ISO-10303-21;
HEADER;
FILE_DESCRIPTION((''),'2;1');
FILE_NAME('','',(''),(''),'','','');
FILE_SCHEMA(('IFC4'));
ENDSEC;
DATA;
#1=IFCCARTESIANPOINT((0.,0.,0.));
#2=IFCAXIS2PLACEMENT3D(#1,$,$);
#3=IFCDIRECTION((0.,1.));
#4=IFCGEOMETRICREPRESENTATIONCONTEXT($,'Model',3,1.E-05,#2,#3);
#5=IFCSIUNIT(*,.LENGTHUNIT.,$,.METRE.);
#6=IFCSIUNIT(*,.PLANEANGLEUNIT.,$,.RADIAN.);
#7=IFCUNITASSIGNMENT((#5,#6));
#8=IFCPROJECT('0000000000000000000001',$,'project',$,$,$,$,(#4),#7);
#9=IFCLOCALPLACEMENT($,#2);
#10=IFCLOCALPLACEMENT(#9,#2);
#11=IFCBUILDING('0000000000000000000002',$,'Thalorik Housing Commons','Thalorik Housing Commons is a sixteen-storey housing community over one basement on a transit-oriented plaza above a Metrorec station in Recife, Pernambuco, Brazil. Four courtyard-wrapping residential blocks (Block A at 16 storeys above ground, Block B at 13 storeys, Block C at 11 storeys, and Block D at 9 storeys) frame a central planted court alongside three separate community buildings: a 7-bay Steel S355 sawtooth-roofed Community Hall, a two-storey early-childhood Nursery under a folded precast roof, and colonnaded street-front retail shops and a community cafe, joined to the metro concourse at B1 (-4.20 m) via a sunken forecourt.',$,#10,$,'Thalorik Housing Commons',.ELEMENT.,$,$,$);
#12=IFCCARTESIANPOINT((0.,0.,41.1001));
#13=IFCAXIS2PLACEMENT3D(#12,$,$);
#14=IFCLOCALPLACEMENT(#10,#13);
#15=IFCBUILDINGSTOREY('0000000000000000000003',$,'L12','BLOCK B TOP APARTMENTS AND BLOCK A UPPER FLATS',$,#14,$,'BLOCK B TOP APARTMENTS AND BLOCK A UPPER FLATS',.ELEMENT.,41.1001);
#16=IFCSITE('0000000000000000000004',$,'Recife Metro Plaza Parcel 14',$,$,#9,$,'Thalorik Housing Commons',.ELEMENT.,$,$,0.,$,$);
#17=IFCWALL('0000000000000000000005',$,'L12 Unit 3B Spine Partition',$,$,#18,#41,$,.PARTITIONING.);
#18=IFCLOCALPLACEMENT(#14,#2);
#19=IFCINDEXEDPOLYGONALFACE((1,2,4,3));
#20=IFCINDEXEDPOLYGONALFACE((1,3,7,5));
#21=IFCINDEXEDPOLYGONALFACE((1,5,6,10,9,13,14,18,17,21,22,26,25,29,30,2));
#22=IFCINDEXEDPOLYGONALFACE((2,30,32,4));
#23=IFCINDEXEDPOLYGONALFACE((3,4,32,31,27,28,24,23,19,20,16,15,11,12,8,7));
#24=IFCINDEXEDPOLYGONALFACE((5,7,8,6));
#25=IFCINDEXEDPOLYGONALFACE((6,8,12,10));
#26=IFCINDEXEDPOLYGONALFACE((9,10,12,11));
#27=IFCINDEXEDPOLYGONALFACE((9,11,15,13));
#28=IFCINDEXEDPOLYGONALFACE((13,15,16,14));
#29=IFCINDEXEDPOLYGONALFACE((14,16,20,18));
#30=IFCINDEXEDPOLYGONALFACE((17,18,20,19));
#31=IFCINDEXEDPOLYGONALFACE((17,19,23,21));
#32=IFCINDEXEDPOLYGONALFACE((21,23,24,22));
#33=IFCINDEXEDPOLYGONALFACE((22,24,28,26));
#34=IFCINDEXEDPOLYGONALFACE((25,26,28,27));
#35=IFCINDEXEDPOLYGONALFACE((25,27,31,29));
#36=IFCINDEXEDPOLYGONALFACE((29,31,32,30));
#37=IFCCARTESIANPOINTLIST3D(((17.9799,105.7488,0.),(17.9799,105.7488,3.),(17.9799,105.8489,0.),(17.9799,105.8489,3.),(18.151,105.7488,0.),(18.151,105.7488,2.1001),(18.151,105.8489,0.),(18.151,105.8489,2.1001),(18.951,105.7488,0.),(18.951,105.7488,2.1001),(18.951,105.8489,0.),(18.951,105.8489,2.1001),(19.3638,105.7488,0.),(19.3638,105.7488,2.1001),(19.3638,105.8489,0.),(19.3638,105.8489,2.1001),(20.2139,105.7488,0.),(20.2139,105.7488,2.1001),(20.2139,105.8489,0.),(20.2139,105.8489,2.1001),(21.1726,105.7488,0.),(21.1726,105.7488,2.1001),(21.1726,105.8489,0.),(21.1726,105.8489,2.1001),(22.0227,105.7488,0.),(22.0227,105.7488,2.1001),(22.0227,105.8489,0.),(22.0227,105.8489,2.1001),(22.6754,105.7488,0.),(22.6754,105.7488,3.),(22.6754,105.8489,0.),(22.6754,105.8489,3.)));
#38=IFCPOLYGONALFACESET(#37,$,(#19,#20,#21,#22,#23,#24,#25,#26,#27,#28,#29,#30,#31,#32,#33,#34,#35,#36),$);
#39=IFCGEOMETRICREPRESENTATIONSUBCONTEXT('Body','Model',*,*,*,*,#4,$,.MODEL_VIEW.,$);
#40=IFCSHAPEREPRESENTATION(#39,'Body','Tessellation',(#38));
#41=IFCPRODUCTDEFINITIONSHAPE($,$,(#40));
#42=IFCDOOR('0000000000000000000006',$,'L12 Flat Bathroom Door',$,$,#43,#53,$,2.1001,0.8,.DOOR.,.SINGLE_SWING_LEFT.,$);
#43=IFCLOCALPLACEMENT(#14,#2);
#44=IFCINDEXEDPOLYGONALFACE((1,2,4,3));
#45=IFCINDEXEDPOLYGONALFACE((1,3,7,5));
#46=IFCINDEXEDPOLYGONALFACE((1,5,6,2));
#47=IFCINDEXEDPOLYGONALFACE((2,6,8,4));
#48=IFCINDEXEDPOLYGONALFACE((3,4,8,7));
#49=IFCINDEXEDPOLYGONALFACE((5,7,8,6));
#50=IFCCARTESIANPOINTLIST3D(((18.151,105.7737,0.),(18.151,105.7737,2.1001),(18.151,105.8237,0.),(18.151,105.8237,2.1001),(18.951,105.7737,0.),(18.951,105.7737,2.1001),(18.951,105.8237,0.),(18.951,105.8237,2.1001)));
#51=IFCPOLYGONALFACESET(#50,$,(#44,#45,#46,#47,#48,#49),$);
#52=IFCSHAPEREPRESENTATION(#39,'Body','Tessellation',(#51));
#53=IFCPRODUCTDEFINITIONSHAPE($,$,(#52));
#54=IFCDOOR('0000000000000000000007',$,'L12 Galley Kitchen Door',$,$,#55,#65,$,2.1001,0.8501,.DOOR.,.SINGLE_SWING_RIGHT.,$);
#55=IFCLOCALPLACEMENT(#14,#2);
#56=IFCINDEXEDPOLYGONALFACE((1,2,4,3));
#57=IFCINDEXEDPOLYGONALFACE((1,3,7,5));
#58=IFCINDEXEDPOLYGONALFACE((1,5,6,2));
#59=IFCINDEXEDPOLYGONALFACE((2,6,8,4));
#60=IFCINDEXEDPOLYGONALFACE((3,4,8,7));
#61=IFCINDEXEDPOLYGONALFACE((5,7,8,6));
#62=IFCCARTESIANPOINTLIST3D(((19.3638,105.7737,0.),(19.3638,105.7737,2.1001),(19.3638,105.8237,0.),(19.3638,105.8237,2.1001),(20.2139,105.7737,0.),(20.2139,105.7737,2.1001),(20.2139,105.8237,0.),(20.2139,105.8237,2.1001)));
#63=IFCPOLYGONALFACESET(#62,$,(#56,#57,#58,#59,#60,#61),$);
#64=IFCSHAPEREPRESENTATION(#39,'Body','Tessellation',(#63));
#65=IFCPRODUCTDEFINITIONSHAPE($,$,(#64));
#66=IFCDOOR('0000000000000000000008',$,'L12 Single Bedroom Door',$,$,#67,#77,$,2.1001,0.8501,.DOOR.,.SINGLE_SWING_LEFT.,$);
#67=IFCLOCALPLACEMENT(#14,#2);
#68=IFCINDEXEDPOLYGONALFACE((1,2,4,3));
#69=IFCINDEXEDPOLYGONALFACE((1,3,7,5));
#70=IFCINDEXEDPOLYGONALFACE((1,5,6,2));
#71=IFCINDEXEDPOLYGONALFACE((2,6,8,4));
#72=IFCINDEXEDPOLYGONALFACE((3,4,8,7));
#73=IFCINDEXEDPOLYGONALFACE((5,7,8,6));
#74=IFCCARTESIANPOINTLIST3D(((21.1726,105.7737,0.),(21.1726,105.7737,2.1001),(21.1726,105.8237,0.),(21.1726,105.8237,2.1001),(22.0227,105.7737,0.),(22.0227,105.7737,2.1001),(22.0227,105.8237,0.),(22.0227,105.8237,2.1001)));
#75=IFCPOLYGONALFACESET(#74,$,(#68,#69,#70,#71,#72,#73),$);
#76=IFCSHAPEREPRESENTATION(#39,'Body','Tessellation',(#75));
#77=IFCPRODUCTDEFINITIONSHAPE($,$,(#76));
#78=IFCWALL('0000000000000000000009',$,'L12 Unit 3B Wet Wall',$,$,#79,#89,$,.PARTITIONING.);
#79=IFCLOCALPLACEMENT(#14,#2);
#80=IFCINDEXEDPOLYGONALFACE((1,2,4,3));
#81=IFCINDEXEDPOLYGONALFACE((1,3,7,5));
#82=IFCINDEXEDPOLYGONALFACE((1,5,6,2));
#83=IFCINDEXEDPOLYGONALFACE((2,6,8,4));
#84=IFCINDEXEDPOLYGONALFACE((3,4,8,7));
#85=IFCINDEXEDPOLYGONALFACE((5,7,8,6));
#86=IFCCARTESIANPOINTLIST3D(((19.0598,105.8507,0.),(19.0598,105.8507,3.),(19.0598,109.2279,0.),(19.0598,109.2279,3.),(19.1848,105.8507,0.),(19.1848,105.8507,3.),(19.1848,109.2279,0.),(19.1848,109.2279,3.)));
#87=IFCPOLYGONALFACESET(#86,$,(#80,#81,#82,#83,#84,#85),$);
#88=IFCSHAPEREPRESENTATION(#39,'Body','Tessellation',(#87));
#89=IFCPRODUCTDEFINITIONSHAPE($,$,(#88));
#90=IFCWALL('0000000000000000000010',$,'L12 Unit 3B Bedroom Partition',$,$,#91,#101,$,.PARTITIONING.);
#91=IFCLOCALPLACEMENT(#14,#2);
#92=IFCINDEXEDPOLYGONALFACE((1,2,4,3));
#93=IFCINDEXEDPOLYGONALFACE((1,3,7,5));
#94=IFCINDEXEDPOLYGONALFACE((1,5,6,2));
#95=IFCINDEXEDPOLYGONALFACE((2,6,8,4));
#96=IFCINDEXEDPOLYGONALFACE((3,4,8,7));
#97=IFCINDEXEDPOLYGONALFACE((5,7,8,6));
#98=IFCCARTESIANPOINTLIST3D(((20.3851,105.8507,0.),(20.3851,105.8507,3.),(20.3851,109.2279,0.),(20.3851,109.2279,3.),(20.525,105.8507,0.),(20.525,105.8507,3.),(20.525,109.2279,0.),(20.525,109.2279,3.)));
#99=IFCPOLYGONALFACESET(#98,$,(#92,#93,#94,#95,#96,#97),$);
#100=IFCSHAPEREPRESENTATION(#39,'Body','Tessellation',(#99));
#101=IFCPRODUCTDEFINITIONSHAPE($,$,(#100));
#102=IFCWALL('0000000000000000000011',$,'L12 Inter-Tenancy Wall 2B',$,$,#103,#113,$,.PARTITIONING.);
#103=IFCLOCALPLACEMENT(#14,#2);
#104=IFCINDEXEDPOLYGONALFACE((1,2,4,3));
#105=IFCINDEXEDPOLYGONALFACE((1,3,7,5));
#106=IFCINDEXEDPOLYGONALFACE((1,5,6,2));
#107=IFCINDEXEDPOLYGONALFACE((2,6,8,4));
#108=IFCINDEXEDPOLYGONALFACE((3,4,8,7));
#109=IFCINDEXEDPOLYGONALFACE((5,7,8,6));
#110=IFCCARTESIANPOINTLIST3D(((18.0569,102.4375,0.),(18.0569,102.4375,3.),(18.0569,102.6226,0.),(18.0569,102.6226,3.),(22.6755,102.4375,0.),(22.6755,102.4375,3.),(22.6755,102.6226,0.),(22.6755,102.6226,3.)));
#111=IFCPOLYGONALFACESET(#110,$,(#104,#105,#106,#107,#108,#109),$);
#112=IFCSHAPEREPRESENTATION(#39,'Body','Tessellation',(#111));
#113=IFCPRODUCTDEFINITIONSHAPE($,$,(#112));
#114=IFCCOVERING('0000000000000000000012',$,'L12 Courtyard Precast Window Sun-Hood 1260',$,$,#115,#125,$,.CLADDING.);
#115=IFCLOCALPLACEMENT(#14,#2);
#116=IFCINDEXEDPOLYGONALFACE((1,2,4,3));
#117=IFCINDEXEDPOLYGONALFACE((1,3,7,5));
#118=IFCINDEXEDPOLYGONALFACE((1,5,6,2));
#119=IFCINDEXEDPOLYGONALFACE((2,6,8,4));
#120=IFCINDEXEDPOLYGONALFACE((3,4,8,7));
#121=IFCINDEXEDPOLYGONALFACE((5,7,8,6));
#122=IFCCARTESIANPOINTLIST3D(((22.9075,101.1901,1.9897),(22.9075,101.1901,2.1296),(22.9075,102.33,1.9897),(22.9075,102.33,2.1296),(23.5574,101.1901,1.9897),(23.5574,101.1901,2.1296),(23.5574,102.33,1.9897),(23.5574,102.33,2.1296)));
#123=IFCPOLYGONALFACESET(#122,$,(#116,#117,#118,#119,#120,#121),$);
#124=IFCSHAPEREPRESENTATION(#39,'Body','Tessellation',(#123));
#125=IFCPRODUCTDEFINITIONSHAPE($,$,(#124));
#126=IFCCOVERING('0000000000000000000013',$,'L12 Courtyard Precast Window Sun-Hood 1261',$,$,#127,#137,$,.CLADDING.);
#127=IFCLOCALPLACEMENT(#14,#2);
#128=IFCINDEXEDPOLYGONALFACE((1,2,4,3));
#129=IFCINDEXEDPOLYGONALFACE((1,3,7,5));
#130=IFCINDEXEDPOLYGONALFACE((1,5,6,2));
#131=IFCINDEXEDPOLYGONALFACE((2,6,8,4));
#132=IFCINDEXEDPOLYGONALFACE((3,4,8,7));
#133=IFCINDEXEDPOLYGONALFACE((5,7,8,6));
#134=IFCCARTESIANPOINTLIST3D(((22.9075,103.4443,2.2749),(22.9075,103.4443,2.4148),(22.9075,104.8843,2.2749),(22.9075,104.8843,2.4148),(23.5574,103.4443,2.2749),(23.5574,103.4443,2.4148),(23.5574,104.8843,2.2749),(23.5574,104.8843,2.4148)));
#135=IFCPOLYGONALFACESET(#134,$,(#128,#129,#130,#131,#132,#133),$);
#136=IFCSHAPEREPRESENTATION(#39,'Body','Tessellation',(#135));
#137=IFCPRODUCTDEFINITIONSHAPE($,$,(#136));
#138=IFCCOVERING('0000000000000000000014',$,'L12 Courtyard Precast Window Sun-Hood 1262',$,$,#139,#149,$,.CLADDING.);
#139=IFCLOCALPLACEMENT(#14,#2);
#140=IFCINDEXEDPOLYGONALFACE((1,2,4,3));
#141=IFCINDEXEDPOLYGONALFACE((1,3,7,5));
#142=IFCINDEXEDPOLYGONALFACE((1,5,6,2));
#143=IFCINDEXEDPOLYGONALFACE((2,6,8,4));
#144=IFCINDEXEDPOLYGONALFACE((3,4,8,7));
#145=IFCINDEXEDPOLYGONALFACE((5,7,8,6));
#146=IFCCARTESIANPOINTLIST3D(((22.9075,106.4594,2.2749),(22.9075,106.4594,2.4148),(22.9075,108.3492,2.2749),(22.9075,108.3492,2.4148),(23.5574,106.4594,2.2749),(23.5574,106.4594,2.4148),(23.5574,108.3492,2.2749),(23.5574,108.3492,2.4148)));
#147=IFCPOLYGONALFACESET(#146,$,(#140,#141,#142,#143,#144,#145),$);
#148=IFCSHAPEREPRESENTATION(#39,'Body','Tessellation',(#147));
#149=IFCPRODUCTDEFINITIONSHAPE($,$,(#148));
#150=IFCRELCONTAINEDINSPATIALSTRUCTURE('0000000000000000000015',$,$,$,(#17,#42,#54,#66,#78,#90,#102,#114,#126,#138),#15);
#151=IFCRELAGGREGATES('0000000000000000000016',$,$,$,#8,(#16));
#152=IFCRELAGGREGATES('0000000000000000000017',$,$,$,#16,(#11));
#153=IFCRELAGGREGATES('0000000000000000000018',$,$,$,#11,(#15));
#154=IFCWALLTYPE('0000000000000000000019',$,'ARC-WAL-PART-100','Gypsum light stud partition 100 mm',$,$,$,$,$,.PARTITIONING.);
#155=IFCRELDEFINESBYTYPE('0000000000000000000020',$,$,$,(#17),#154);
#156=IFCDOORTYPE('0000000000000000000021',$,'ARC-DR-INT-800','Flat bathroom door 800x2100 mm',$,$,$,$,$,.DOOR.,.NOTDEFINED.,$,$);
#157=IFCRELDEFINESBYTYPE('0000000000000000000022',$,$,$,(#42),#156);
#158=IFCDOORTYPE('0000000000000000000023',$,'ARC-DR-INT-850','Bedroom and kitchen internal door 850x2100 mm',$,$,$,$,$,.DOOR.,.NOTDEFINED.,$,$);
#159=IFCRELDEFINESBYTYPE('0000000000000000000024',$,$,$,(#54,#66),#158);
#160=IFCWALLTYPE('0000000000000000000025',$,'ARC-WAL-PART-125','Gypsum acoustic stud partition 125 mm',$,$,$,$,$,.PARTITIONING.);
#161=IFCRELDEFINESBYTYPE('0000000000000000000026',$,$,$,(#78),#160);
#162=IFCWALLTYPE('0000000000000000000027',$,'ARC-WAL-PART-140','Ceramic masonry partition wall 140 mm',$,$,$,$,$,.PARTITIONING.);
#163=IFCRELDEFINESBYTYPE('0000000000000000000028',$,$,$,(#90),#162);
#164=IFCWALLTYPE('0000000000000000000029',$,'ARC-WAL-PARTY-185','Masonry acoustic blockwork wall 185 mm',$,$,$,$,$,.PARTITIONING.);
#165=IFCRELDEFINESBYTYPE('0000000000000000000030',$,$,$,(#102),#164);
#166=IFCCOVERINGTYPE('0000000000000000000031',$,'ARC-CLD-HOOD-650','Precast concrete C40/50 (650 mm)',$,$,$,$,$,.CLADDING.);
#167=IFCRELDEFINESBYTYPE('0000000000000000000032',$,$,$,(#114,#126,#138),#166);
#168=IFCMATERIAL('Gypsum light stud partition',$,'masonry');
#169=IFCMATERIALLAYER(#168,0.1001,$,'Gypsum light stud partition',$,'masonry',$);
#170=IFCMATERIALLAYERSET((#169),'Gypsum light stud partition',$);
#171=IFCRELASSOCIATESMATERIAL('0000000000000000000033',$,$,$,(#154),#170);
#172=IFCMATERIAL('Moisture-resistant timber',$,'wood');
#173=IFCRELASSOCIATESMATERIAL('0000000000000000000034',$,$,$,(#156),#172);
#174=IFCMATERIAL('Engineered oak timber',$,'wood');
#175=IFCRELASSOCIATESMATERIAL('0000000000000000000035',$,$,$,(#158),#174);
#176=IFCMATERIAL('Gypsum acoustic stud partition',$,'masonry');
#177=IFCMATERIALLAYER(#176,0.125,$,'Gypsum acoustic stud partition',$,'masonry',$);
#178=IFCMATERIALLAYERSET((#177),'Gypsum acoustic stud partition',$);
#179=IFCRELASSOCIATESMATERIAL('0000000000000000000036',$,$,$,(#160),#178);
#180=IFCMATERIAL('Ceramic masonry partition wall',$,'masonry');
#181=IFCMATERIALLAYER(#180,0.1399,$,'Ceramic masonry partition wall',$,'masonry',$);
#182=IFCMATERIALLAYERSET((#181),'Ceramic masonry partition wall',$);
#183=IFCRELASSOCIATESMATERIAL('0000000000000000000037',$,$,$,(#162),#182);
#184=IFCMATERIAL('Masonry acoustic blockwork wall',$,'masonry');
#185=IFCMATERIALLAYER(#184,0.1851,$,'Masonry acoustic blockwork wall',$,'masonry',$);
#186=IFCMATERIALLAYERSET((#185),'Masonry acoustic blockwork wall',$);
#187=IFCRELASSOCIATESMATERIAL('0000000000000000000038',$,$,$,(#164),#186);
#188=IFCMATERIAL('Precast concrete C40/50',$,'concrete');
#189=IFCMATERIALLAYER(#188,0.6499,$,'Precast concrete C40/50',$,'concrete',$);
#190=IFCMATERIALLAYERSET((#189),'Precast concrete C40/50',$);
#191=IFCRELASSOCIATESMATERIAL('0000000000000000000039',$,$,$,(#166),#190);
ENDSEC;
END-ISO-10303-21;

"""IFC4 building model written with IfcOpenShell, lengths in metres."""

from ifc_helpers import new_model, si_unit, direction, frame, frame_2d, origin, origin_2d, place, context, subcontext, project, spatial, rectangle, extrude, material, layer, layer_set, type_object, element, fill, save


model = new_model("IFC4")

# Units and contexts
model_context = context("Model", 3, precision=1e-05, world=origin(), true_north=direction((0.0, 1.0)))
body_context = subcontext(model_context, "Body", "Model", "MODEL_VIEW")
ifc_project = project(units=[si_unit("LENGTHUNIT", "METRE"), si_unit("PLANEANGLEUNIT", "RADIAN")], contexts=[model_context])

# Site, building, storey
site_placement = place(None, origin())
site = spatial("IfcSite", under=ifc_project, at=site_placement, Name="Recife Metro Plaza Parcel 14", LongName="Thalorik Housing Commons", CompositionType="ELEMENT", RefElevation=0.0)
building_placement = place(site_placement, origin())
building = spatial("IfcBuilding", under=site, at=building_placement, Name="Thalorik Housing Commons", Description="Thalorik Housing Commons is a sixteen-storey housing community over one basement on a transit-oriented plaza above a Metrorec station in Recife, Pernambuco, Brazil. Four courtyard-wrapping residential blocks (Block A at 16 storeys above ground, Block B at 13 storeys, Block C at 11 storeys, and Block D at 9 storeys) frame a central planted court alongside three separate community buildings: a 7-bay Steel S355 sawtooth-roofed Community Hall, a two-storey early-childhood Nursery under a folded precast roof, and colonnaded street-front retail shops and a community cafe, joined to the metro concourse at B1 (-4.20 m) via a sunken forecourt.", LongName="Thalorik Housing Commons", CompositionType="ELEMENT")
storey_placement = place(building_placement, frame((0.0, 0.0, 41.1001)))
storey = spatial("IfcBuildingStorey", under=building, at=storey_placement, Name="L12", Description="BLOCK B TOP APARTMENTS AND BLOCK A UPPER FLATS", LongName="BLOCK B TOP APARTMENTS AND BLOCK A UPPER FLATS", CompositionType="ELEMENT", Elevation=41.1001)

# Shared definitions
ifc_material_1 = material(Name="Precast concrete C40/50", Category="concrete")

# Wall, openings, doors
ifc_material_2 = material(Name="Gypsum light stud partition", Category="masonry")
ifc_layer_1 = layer(ifc_material_2, 0.1001, Name="Gypsum light stud partition", Category="masonry")
ifc_layer_set_1 = layer_set([ifc_layer_1], Name="Gypsum light stud partition")
wall_type_1 = type_object("IfcWallType", Name="ARC-WAL-PART-100", Description="Gypsum light stud partition 100 mm", PredefinedType="PARTITIONING", material=ifc_layer_set_1)
wall_1_placement = place(storey_placement, frame((17.98, 105.7988, 0.0), z_axis=(0.0, 0.0, 1.0), x_axis=(1.0, 0.0, 0.0)))
wall_1 = element("IfcWall", 1, at=wall_1_placement, inside=storey, type_object=wall_type_1, Name="L12 Unit 3B Spine Partition", PredefinedType="PARTITIONING", context=body_context, shape_type="SweptSolid", body=[
    extrude(rectangle(XDim=4.6956, YDim=0.1001, at=frame_2d((2.3477, 0.0))), origin(), (0.0, 0.0, 1.0), 3.0),
])
opening_1_placement = place(wall_1_placement, frame((0.1711, 0.0, 0.0)))
opening_1 = element("IfcOpeningElement", 2, at=opening_1_placement, cuts=wall_1, PredefinedType="OPENING", context=body_context, shape_type="SweptSolid", body=[
    extrude(rectangle(XDim=0.8, YDim=2.1001, at=frame_2d((0.3999, 1.05))), frame((0.0, 0.0601, 0.0), z_axis=(0.0, -1.0, 0.0), x_axis=(1.0, 0.0, 0.0)), (0.0, 0.0, 1.0), 0.1201),
])
opening_2_placement = place(wall_1_placement, frame((1.3838, 0.0, 0.0)))
opening_2 = element("IfcOpeningElement", 3, at=opening_2_placement, cuts=wall_1, PredefinedType="OPENING", context=body_context, shape_type="SweptSolid", body=[
    extrude(rectangle(XDim=0.8501, YDim=2.1001, at=frame_2d((0.425, 1.05))), frame((0.0, 0.0601, 0.0), z_axis=(0.0, -1.0, 0.0), x_axis=(1.0, 0.0, 0.0)), (0.0, 0.0, 1.0), 0.1201),
])
opening_3_placement = place(wall_1_placement, frame((3.1926, 0.0, 0.0)))
opening_3 = element("IfcOpeningElement", 4, at=opening_3_placement, cuts=wall_1, PredefinedType="OPENING", context=body_context, shape_type="SweptSolid", body=[
    extrude(rectangle(XDim=0.8501, YDim=2.1001, at=frame_2d((0.425, 1.05))), frame((0.0, 0.0601, 0.0), z_axis=(0.0, -1.0, 0.0), x_axis=(1.0, 0.0, 0.0)), (0.0, 0.0, 1.0), 0.1201),
])
ifc_material_3 = material(Name="Moisture-resistant timber", Category="wood")
door_type_1 = type_object("IfcDoorType", Name="ARC-DR-INT-800", Description="Flat bathroom door 800x2100 mm", OperationType="NOTDEFINED", PredefinedType="DOOR", material=ifc_material_3)
door_1_placement = place(opening_1_placement, origin())
door_1 = element("IfcDoor", 5, at=door_1_placement, inside=storey, type_object=door_type_1, Name="L12 Flat Bathroom Door", OperationType="SINGLE_SWING_LEFT", OverallHeight=2.1001, OverallWidth=0.8, PredefinedType="DOOR", context=body_context, shape_type="SweptSolid", body=[
    extrude(rectangle(XDim=0.8, YDim=2.1001, at=frame_2d((0.3999, 1.05))), frame((0.0, 0.0249, 0.0), z_axis=(0.0, -1.0, 0.0), x_axis=(1.0, 0.0, 0.0)), (0.0, 0.0, 1.0), 0.05),
])
fill(opening_1, door_1)
ifc_material_4 = material(Name="Engineered oak timber", Category="wood")
door_type_2 = type_object("IfcDoorType", Name="ARC-DR-INT-850", Description="Bedroom and kitchen internal door 850x2100 mm", OperationType="NOTDEFINED", PredefinedType="DOOR", material=ifc_material_4)
door_2_placement = place(opening_2_placement, origin())
door_2 = element("IfcDoor", 6, at=door_2_placement, inside=storey, type_object=door_type_2, Name="L12 Galley Kitchen Door", OperationType="SINGLE_SWING_RIGHT", OverallHeight=2.1001, OverallWidth=0.8501, PredefinedType="DOOR", context=body_context, shape_type="SweptSolid", body=[
    extrude(rectangle(XDim=0.8501, YDim=2.1001, at=frame_2d((0.425, 1.05))), frame((0.0, 0.0249, 0.0), z_axis=(0.0, -1.0, 0.0), x_axis=(1.0, 0.0, 0.0)), (0.0, 0.0, 1.0), 0.05),
])
fill(opening_2, door_2)
door_3_placement = place(opening_3_placement, origin())
door_3 = element("IfcDoor", 7, at=door_3_placement, inside=storey, type_object=door_type_2, Name="L12 Single Bedroom Door", OperationType="SINGLE_SWING_LEFT", OverallHeight=2.1001, OverallWidth=0.8501, PredefinedType="DOOR", context=body_context, shape_type="SweptSolid", body=[
    extrude(rectangle(XDim=0.8501, YDim=2.1001, at=frame_2d((0.425, 1.05))), frame((0.0, 0.0249, 0.0), z_axis=(0.0, -1.0, 0.0), x_axis=(1.0, 0.0, 0.0)), (0.0, 0.0, 1.0), 0.05),
])
fill(opening_3, door_3)

# Walls
ifc_material_5 = material(Name="Gypsum acoustic stud partition", Category="masonry")
ifc_layer_2 = layer(ifc_material_5, 0.125, Name="Gypsum acoustic stud partition", Category="masonry")
ifc_layer_set_2 = layer_set([ifc_layer_2], Name="Gypsum acoustic stud partition")
wall_type_2 = type_object("IfcWallType", Name="ARC-WAL-PART-125", Description="Gypsum acoustic stud partition 125 mm", PredefinedType="PARTITIONING", material=ifc_layer_set_2)
wall_2_placement = place(storey_placement, frame((19.1223, 105.8508, 0.0), z_axis=(0.0, 0.0, 1.0), x_axis=(0.0, 1.0, 0.0)))
element("IfcWall", 8, at=wall_2_placement, inside=storey, type_object=wall_type_2, Name="L12 Unit 3B Wet Wall", PredefinedType="PARTITIONING", context=body_context, shape_type="SweptSolid", body=[
    extrude(rectangle(XDim=3.3772, YDim=0.125, at=frame_2d((1.6885, 0.0))), origin(), (0.0, 0.0, 1.0), 3.0),
])
ifc_material_6 = material(Name="Ceramic masonry partition wall", Category="masonry")
ifc_layer_3 = layer(ifc_material_6, 0.1399, Name="Ceramic masonry partition wall", Category="masonry")
ifc_layer_set_3 = layer_set([ifc_layer_3], Name="Ceramic masonry partition wall")
wall_type_3 = type_object("IfcWallType", Name="ARC-WAL-PART-140", Description="Ceramic masonry partition wall 140 mm", PredefinedType="PARTITIONING", material=ifc_layer_set_3)
wall_3_placement = place(storey_placement, frame((20.4551, 105.8508, 0.0), z_axis=(0.0, 0.0, 1.0), x_axis=(0.0, 1.0, 0.0)))
element("IfcWall", 9, at=wall_3_placement, inside=storey, type_object=wall_type_3, Name="L12 Unit 3B Bedroom Partition", PredefinedType="PARTITIONING", context=body_context, shape_type="SweptSolid", body=[
    extrude(rectangle(XDim=3.3772, YDim=0.1399, at=frame_2d((1.6885, 0.0))), origin(), (0.0, 0.0, 1.0), 3.0),
])
ifc_material_7 = material(Name="Masonry acoustic blockwork wall", Category="masonry")
ifc_layer_4 = layer(ifc_material_7, 0.1851, Name="Masonry acoustic blockwork wall", Category="masonry")
ifc_layer_set_4 = layer_set([ifc_layer_4], Name="Masonry acoustic blockwork wall")
wall_type_4 = type_object("IfcWallType", Name="ARC-WAL-PARTY-185", Description="Masonry acoustic blockwork wall 185 mm", PredefinedType="PARTITIONING", material=ifc_layer_set_4)
wall_4_placement = place(storey_placement, frame((18.0569, 102.53, 0.0), z_axis=(0.0, 0.0, 1.0), x_axis=(1.0, 0.0, 0.0)))
element("IfcWall", 10, at=wall_4_placement, inside=storey, type_object=wall_type_4, Name="L12 Inter-Tenancy Wall 2B", PredefinedType="PARTITIONING", context=body_context, shape_type="SweptSolid", body=[
    extrude(rectangle(XDim=4.6187, YDim=0.1851, at=frame_2d((2.3093, 0.0))), origin(), (0.0, 0.0, 1.0), 3.0),
])

# Coverings
ifc_layer_5 = layer(ifc_material_1, 0.6499, Name="Precast concrete C40/50", Category="concrete")
ifc_layer_set_5 = layer_set([ifc_layer_5], Name="Precast concrete C40/50")
covering_type = type_object("IfcCoveringType", Name="ARC-CLD-HOOD-650", Description="Precast concrete C40/50 (650 mm)", PredefinedType="CLADDING", material=ifc_layer_set_5)
covering_1_placement = place(storey_placement, frame((23.2324, 101.76, 1.9897), z_axis=(0.0, 0.0, 1.0), x_axis=(0.0, 1.0, 0.0)))
element("IfcCovering", 11, at=covering_1_placement, inside=storey, type_object=covering_type, Name="L12 Courtyard Precast Window Sun-Hood 1260", PredefinedType="CLADDING", context=body_context, shape_type="SweptSolid", body=[
    extrude(rectangle(XDim=1.1399, YDim=0.6499, at=origin_2d()), origin(), (0.0, 0.0, 1.0), 0.1399),
])
covering_2_placement = place(storey_placement, frame((23.2324, 104.1643, 2.2749), z_axis=(0.0, 0.0, 1.0), x_axis=(0.0, 1.0, 0.0)))
element("IfcCovering", 12, at=covering_2_placement, inside=storey, type_object=covering_type, Name="L12 Courtyard Precast Window Sun-Hood 1261", PredefinedType="CLADDING", context=body_context, shape_type="SweptSolid", body=[
    extrude(rectangle(XDim=1.4399, YDim=0.6499, at=origin_2d()), origin(), (0.0, 0.0, 1.0), 0.1399),
])
covering_3_placement = place(storey_placement, frame((23.2324, 107.4043, 2.2749), z_axis=(0.0, 0.0, 1.0), x_axis=(0.0, 1.0, 0.0)))
element("IfcCovering", 13, at=covering_3_placement, inside=storey, type_object=covering_type, Name="L12 Courtyard Precast Window Sun-Hood 1262", PredefinedType="CLADDING", context=body_context, shape_type="SweptSolid", body=[
    extrude(rectangle(XDim=1.8899, YDim=0.6499, at=origin_2d()), origin(), (0.0, 0.0, 1.0), 0.1399),
])

save(model, "model.ifc")
